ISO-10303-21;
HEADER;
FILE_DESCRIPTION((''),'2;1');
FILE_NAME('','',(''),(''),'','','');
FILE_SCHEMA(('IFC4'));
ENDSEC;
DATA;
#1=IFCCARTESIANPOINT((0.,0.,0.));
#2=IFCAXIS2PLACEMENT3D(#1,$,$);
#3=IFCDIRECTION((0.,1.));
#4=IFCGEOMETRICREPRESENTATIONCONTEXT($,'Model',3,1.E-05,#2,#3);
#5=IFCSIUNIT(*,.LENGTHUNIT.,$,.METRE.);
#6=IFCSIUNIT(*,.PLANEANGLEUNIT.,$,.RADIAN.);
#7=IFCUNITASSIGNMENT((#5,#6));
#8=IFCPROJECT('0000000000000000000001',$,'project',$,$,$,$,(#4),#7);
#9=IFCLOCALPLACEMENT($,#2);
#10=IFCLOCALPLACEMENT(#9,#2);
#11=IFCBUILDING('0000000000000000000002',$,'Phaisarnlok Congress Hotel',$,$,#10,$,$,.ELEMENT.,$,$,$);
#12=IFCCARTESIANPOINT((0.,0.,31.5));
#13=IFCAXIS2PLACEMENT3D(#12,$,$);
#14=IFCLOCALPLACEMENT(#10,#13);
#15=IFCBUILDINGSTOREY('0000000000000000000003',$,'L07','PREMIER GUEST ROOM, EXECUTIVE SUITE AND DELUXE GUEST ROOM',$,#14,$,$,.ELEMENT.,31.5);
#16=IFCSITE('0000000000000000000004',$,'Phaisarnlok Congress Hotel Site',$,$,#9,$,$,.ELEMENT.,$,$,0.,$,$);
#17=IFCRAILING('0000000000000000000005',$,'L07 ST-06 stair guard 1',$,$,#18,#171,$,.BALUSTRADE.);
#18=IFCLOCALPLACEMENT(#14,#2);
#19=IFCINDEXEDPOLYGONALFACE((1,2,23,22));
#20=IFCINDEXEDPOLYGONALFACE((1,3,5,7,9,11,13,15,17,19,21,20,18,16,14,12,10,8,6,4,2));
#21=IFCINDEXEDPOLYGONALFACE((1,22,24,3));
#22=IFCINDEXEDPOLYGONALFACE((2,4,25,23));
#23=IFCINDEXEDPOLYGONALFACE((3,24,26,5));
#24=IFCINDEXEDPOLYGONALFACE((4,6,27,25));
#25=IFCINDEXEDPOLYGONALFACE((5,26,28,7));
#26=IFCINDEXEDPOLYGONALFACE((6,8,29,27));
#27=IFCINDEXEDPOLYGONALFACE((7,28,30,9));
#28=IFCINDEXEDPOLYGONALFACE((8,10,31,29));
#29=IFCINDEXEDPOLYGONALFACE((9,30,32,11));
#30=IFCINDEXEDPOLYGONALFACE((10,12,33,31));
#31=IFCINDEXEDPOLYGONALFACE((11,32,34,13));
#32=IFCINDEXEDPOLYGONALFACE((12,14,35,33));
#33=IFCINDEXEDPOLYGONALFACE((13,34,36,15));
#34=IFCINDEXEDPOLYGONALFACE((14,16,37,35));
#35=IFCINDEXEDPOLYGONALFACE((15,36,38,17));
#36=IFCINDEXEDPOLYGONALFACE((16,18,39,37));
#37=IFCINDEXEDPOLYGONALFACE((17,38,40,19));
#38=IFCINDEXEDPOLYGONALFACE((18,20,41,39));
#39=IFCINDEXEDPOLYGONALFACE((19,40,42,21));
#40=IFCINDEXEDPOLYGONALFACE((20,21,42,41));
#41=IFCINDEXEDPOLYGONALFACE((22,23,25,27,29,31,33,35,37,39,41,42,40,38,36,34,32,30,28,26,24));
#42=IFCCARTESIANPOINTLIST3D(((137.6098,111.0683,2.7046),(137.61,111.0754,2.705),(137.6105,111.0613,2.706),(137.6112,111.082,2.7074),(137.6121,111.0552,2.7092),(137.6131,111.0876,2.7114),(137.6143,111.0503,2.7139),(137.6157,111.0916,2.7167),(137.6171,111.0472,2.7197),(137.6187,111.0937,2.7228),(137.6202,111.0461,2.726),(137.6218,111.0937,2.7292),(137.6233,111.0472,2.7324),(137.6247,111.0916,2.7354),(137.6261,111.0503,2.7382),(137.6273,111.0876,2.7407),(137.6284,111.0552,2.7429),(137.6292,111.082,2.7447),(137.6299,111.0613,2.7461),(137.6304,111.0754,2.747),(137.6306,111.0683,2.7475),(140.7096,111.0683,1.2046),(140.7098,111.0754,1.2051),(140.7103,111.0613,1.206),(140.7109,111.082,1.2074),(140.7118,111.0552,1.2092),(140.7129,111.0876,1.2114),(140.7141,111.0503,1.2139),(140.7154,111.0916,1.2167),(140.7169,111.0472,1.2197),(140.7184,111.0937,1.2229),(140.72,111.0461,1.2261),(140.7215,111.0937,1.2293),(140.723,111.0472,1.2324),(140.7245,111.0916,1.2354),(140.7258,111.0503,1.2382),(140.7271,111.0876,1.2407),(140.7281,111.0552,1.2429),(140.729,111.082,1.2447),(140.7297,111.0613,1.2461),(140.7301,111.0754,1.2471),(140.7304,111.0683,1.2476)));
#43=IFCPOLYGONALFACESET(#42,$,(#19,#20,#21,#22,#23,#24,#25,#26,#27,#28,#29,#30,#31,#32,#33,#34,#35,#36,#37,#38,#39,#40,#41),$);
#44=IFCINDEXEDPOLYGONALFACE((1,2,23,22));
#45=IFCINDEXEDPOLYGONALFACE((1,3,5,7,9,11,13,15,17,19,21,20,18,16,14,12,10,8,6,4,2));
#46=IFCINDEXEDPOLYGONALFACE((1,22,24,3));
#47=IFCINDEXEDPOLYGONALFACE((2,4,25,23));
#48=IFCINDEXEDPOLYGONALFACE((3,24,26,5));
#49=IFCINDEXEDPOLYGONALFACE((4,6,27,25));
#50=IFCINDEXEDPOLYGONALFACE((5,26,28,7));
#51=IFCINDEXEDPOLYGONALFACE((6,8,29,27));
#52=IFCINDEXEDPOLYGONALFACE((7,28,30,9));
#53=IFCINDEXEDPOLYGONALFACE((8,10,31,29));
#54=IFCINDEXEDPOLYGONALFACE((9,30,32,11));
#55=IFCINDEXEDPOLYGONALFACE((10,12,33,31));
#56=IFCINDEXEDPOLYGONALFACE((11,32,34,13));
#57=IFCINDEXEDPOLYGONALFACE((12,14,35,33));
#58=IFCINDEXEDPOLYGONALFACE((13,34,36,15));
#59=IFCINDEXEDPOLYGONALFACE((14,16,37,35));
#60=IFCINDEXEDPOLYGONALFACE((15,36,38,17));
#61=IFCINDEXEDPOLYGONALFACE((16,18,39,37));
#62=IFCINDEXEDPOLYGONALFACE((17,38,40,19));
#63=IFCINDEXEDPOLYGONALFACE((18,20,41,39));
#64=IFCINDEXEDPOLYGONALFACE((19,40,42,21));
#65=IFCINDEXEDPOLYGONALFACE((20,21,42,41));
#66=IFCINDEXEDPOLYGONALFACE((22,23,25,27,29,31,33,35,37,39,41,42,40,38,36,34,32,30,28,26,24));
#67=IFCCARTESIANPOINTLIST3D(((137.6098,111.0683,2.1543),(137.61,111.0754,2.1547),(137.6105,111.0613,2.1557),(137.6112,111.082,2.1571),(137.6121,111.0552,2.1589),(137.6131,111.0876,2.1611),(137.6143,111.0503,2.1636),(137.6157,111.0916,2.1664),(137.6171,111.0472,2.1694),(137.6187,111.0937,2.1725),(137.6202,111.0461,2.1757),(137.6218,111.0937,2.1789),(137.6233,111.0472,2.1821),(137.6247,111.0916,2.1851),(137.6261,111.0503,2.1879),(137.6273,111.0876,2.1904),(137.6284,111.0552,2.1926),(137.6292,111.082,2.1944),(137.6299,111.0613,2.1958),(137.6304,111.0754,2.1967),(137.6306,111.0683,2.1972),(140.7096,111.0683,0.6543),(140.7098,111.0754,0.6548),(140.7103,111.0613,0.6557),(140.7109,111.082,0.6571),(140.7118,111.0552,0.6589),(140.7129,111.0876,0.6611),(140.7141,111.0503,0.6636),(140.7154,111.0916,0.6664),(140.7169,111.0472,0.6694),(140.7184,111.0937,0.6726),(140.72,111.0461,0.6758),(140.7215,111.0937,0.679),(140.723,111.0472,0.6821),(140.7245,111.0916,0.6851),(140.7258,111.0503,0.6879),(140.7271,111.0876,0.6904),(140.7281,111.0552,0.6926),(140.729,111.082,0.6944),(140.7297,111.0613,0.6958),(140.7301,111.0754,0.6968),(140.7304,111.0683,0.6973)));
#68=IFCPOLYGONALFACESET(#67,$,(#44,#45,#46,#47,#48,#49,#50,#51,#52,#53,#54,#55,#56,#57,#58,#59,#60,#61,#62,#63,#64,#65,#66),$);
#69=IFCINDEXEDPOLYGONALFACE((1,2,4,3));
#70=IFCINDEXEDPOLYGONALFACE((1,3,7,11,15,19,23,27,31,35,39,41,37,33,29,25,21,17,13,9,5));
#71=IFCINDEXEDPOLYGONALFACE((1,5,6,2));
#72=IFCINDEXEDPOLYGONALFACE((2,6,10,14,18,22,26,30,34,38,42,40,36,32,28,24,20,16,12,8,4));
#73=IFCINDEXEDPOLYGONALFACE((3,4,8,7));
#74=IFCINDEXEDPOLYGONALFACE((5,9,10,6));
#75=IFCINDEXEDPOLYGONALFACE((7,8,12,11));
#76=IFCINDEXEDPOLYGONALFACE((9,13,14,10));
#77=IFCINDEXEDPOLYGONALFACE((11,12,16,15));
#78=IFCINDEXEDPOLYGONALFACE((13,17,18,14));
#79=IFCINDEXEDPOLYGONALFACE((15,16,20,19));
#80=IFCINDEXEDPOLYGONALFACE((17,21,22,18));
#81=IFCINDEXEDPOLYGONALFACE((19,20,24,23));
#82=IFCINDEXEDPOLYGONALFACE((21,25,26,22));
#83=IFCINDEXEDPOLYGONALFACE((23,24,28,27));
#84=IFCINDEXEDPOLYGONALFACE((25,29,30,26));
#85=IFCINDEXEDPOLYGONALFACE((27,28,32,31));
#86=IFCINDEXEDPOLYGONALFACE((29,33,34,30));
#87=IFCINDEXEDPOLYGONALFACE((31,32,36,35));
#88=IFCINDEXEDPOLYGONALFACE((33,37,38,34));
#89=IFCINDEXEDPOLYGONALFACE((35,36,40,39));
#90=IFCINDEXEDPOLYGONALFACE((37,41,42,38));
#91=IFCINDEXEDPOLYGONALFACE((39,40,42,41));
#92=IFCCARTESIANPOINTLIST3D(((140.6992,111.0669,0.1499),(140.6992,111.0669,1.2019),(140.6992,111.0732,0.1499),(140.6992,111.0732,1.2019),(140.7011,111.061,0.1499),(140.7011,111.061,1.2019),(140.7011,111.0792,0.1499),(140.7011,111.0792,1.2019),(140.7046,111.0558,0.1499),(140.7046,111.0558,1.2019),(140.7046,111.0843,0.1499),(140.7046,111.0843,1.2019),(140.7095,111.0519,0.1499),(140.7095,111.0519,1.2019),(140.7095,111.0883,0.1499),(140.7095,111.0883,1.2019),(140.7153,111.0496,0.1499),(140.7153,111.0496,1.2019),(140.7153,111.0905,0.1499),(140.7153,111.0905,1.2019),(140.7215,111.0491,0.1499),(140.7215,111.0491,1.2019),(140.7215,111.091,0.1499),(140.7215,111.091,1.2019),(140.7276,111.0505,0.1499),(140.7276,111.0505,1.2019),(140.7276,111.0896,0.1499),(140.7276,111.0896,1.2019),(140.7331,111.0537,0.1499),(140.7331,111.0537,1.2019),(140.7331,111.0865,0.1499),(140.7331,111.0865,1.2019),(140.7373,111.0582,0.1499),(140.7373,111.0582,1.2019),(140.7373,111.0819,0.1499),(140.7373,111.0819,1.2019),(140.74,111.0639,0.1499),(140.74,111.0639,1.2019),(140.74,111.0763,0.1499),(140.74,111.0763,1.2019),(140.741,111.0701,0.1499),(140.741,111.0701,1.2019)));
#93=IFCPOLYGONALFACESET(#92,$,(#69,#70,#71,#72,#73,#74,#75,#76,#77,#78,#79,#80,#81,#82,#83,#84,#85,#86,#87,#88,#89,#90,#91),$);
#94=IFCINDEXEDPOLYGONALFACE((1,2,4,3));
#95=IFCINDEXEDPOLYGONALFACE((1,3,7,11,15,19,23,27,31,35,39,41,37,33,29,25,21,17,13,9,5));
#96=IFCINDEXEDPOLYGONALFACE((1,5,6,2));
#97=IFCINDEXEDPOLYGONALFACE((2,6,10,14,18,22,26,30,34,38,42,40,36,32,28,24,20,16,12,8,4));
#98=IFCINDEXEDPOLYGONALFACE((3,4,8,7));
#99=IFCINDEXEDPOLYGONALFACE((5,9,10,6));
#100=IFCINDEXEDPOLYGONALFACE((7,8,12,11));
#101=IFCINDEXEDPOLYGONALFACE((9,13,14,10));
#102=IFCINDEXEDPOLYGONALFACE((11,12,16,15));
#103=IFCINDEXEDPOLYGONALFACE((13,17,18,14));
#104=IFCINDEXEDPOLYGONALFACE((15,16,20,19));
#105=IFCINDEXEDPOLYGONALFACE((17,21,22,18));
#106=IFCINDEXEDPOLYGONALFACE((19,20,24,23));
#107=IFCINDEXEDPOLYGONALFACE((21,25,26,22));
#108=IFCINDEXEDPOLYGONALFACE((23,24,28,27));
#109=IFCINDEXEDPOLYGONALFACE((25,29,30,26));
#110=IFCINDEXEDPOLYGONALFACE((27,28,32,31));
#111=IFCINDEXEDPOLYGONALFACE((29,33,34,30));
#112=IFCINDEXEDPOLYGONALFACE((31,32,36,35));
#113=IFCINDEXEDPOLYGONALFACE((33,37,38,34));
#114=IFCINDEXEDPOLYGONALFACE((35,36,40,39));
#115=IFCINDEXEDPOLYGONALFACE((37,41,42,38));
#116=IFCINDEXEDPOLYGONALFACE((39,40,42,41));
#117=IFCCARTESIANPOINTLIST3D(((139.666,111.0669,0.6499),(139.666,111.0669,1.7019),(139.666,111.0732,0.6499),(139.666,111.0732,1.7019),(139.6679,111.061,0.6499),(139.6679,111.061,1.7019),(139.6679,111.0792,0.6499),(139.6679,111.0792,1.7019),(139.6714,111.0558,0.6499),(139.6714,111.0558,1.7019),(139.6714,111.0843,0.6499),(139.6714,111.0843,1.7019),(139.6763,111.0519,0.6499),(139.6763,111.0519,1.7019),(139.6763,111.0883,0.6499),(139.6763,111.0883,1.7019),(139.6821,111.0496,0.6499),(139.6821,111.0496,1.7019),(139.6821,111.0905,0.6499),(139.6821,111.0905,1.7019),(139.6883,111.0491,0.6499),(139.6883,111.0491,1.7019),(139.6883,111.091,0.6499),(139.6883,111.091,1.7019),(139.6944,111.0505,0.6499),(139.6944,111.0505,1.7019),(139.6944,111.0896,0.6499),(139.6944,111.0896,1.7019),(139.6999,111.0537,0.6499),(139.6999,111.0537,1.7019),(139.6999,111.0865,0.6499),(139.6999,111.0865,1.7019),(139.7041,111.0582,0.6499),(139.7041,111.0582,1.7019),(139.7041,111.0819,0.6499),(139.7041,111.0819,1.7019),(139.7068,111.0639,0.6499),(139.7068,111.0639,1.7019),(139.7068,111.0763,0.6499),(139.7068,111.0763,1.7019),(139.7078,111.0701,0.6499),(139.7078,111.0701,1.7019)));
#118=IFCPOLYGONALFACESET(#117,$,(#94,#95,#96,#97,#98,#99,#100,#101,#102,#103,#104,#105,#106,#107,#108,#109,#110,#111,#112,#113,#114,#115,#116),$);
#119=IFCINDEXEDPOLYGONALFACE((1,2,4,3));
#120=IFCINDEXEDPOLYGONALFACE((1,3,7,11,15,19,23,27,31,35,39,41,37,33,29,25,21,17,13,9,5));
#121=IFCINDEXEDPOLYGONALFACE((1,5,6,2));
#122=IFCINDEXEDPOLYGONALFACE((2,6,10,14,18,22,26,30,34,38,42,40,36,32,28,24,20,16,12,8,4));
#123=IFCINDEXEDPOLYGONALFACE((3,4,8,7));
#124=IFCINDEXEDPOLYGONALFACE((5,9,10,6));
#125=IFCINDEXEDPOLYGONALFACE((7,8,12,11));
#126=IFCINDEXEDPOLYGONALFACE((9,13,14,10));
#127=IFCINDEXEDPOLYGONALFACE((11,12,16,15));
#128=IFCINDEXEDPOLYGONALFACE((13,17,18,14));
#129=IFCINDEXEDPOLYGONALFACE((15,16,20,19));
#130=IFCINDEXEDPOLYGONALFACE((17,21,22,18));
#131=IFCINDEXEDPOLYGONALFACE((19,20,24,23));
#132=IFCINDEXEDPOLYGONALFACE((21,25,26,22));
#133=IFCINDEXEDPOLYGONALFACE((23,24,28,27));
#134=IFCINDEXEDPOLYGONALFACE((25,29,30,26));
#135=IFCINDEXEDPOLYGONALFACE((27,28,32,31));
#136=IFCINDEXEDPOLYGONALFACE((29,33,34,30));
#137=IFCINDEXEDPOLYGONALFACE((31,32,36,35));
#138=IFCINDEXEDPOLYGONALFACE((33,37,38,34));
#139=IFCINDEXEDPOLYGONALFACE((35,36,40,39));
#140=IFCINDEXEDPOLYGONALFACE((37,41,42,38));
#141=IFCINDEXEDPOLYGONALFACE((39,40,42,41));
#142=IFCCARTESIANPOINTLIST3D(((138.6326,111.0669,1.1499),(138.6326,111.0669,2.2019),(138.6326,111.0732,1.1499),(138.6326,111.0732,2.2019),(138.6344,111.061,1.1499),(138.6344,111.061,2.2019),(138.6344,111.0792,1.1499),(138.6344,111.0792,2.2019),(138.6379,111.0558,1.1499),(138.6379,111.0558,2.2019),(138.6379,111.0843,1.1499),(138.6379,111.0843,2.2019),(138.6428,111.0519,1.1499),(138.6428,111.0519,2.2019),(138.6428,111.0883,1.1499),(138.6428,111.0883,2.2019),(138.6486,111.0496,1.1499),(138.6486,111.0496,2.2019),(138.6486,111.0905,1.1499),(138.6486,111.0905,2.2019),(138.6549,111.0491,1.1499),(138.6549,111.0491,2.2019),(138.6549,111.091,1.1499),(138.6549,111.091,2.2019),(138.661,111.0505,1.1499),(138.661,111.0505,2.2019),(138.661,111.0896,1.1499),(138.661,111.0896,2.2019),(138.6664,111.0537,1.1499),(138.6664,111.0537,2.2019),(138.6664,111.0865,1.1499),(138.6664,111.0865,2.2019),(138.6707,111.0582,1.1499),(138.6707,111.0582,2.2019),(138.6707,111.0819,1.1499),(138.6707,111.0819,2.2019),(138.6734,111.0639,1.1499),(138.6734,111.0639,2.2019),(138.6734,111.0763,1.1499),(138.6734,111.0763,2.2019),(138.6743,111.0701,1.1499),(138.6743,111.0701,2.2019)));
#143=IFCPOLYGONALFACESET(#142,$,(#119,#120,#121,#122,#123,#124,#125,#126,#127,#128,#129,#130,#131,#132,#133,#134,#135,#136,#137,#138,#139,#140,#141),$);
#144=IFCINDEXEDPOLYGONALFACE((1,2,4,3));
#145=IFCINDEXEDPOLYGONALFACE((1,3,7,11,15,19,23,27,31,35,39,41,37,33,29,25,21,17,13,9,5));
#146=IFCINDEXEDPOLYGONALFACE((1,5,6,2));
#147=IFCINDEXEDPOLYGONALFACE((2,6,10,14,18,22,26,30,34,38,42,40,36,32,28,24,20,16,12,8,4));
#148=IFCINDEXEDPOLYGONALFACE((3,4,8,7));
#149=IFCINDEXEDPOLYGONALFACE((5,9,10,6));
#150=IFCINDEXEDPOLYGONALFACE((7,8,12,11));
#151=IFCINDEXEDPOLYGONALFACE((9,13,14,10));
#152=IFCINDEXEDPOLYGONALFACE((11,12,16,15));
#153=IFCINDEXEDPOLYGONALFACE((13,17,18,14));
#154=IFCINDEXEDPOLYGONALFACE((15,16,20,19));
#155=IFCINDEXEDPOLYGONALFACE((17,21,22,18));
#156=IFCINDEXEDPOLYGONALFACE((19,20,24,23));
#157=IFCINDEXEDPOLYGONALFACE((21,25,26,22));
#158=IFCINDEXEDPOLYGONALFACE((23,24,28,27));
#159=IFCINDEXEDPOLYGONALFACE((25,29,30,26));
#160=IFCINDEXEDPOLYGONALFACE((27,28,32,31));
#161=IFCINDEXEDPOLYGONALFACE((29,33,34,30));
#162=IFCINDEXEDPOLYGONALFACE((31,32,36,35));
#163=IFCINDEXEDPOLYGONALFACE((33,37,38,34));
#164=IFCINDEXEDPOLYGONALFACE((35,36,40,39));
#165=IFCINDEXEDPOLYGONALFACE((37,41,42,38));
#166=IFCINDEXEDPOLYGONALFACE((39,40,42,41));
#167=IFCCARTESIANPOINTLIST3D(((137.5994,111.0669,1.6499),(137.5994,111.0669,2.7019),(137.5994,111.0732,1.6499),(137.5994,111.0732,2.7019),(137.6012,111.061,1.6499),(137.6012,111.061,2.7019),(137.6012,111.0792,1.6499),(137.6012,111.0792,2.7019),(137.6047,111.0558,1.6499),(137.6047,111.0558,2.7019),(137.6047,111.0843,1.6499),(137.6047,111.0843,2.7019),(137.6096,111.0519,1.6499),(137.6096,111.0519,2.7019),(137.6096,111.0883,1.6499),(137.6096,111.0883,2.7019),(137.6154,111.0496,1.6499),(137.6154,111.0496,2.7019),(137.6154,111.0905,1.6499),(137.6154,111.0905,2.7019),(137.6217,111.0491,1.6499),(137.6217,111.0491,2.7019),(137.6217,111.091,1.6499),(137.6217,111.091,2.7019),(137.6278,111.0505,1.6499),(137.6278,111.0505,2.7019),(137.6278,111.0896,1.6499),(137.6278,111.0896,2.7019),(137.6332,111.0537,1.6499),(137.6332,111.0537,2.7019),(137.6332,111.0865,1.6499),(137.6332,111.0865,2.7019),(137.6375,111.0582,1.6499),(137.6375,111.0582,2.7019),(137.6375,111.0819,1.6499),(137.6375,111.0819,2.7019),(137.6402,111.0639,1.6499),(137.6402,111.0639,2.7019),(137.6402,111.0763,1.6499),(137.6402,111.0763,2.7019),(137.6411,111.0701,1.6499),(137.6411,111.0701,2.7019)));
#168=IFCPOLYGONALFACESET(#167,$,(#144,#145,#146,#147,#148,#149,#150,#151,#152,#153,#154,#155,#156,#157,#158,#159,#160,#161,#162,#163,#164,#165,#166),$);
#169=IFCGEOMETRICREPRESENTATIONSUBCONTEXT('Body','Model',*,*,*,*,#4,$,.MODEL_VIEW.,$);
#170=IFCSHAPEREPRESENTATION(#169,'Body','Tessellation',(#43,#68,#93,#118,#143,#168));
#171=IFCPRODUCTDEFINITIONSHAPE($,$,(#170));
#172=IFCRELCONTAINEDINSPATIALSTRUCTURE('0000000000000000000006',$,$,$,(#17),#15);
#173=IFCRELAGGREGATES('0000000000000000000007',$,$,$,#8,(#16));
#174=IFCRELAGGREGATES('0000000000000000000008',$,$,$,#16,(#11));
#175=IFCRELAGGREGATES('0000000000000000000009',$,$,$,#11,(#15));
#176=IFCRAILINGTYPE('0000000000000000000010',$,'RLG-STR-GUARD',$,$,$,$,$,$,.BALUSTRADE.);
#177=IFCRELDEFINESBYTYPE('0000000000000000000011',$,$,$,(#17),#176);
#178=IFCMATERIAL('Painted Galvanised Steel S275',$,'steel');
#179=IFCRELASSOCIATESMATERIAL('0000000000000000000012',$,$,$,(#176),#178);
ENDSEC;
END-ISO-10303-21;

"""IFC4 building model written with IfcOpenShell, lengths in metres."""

from ifc_helpers import new_model, si_unit, direction, frame, origin, origin_2d, place, context, subcontext, project, spatial, circle, extrude, material, type_object, element, save


model = new_model("IFC4")

# Units and contexts
model_context = context("Model", 3, precision=1e-05, world=origin(), true_north=direction((0.0, 1.0)))
body_context = subcontext(model_context, "Body", "Model", "MODEL_VIEW")
ifc_project = project(units=[si_unit("LENGTHUNIT", "METRE"), si_unit("PLANEANGLEUNIT", "RADIAN")], contexts=[model_context])

# Site, building, storey
site_placement = place(None, origin())
site = spatial("IfcSite", under=ifc_project, at=site_placement, Name="Phaisarnlok Congress Hotel Site", CompositionType="ELEMENT", RefElevation=0.0)
building_placement = place(site_placement, origin())
building = spatial("IfcBuilding", under=site, at=building_placement, Name="Phaisarnlok Congress Hotel", CompositionType="ELEMENT")
storey_placement = place(building_placement, frame((0.0, 0.0, 31.5)))
storey = spatial("IfcBuildingStorey", under=building, at=storey_placement, Name="L07", Description="PREMIER GUEST ROOM, EXECUTIVE SUITE AND DELUXE GUEST ROOM", CompositionType="ELEMENT", Elevation=31.5)

# Railing
ifc_material_1 = material(Name="Painted Galvanised Steel S275", Category="steel")
railing_type_1 = type_object("IfcRailingType", Name="RLG-STR-GUARD", PredefinedType="BALUSTRADE", material=ifc_material_1)
railing_1_placement = place(storey_placement, frame((140.72, 111.0701, 0.1499)))
element("IfcRailing", 1, at=railing_1_placement, inside=storey, type_object=railing_type_1, Name="L07 ST-06 stair guard 1", PredefinedType="BALUSTRADE", context=body_context, shape_type="SweptSolid", body=[
    extrude(circle(Radius=0.0239, at=origin_2d()), frame((0.0, 0.0, 1.0762), z_axis=(-0.900151, 0.0, 0.435578), x_axis=(0.0, -1.0, 0.0)), (0.0, 0.0, 1.0), 3.4436),
    extrude(circle(Radius=0.0239, at=origin_2d()), frame((0.0, 0.0, 0.5259), z_axis=(-0.900151, 0.0, 0.435578), x_axis=(0.0, -1.0, 0.0)), (0.0, 0.0, 1.0), 3.4436),
    extrude(circle(Radius=0.021, at=origin_2d()), origin(), (0.0, 0.0, 1.0), 1.052),
    extrude(circle(Radius=0.021, at=origin_2d()), frame((-1.0332, 0.0, 0.5)), (0.0, 0.0, 1.0), 1.052),
    extrude(circle(Radius=0.021, at=origin_2d()), frame((-2.0667, 0.0, 1.0)), (0.0, 0.0, 1.0), 1.052),
    extrude(circle(Radius=0.021, at=origin_2d()), frame((-3.0999, 0.0, 1.5)), (0.0, 0.0, 1.0), 1.052),
])

save(model, "model.ifc")
